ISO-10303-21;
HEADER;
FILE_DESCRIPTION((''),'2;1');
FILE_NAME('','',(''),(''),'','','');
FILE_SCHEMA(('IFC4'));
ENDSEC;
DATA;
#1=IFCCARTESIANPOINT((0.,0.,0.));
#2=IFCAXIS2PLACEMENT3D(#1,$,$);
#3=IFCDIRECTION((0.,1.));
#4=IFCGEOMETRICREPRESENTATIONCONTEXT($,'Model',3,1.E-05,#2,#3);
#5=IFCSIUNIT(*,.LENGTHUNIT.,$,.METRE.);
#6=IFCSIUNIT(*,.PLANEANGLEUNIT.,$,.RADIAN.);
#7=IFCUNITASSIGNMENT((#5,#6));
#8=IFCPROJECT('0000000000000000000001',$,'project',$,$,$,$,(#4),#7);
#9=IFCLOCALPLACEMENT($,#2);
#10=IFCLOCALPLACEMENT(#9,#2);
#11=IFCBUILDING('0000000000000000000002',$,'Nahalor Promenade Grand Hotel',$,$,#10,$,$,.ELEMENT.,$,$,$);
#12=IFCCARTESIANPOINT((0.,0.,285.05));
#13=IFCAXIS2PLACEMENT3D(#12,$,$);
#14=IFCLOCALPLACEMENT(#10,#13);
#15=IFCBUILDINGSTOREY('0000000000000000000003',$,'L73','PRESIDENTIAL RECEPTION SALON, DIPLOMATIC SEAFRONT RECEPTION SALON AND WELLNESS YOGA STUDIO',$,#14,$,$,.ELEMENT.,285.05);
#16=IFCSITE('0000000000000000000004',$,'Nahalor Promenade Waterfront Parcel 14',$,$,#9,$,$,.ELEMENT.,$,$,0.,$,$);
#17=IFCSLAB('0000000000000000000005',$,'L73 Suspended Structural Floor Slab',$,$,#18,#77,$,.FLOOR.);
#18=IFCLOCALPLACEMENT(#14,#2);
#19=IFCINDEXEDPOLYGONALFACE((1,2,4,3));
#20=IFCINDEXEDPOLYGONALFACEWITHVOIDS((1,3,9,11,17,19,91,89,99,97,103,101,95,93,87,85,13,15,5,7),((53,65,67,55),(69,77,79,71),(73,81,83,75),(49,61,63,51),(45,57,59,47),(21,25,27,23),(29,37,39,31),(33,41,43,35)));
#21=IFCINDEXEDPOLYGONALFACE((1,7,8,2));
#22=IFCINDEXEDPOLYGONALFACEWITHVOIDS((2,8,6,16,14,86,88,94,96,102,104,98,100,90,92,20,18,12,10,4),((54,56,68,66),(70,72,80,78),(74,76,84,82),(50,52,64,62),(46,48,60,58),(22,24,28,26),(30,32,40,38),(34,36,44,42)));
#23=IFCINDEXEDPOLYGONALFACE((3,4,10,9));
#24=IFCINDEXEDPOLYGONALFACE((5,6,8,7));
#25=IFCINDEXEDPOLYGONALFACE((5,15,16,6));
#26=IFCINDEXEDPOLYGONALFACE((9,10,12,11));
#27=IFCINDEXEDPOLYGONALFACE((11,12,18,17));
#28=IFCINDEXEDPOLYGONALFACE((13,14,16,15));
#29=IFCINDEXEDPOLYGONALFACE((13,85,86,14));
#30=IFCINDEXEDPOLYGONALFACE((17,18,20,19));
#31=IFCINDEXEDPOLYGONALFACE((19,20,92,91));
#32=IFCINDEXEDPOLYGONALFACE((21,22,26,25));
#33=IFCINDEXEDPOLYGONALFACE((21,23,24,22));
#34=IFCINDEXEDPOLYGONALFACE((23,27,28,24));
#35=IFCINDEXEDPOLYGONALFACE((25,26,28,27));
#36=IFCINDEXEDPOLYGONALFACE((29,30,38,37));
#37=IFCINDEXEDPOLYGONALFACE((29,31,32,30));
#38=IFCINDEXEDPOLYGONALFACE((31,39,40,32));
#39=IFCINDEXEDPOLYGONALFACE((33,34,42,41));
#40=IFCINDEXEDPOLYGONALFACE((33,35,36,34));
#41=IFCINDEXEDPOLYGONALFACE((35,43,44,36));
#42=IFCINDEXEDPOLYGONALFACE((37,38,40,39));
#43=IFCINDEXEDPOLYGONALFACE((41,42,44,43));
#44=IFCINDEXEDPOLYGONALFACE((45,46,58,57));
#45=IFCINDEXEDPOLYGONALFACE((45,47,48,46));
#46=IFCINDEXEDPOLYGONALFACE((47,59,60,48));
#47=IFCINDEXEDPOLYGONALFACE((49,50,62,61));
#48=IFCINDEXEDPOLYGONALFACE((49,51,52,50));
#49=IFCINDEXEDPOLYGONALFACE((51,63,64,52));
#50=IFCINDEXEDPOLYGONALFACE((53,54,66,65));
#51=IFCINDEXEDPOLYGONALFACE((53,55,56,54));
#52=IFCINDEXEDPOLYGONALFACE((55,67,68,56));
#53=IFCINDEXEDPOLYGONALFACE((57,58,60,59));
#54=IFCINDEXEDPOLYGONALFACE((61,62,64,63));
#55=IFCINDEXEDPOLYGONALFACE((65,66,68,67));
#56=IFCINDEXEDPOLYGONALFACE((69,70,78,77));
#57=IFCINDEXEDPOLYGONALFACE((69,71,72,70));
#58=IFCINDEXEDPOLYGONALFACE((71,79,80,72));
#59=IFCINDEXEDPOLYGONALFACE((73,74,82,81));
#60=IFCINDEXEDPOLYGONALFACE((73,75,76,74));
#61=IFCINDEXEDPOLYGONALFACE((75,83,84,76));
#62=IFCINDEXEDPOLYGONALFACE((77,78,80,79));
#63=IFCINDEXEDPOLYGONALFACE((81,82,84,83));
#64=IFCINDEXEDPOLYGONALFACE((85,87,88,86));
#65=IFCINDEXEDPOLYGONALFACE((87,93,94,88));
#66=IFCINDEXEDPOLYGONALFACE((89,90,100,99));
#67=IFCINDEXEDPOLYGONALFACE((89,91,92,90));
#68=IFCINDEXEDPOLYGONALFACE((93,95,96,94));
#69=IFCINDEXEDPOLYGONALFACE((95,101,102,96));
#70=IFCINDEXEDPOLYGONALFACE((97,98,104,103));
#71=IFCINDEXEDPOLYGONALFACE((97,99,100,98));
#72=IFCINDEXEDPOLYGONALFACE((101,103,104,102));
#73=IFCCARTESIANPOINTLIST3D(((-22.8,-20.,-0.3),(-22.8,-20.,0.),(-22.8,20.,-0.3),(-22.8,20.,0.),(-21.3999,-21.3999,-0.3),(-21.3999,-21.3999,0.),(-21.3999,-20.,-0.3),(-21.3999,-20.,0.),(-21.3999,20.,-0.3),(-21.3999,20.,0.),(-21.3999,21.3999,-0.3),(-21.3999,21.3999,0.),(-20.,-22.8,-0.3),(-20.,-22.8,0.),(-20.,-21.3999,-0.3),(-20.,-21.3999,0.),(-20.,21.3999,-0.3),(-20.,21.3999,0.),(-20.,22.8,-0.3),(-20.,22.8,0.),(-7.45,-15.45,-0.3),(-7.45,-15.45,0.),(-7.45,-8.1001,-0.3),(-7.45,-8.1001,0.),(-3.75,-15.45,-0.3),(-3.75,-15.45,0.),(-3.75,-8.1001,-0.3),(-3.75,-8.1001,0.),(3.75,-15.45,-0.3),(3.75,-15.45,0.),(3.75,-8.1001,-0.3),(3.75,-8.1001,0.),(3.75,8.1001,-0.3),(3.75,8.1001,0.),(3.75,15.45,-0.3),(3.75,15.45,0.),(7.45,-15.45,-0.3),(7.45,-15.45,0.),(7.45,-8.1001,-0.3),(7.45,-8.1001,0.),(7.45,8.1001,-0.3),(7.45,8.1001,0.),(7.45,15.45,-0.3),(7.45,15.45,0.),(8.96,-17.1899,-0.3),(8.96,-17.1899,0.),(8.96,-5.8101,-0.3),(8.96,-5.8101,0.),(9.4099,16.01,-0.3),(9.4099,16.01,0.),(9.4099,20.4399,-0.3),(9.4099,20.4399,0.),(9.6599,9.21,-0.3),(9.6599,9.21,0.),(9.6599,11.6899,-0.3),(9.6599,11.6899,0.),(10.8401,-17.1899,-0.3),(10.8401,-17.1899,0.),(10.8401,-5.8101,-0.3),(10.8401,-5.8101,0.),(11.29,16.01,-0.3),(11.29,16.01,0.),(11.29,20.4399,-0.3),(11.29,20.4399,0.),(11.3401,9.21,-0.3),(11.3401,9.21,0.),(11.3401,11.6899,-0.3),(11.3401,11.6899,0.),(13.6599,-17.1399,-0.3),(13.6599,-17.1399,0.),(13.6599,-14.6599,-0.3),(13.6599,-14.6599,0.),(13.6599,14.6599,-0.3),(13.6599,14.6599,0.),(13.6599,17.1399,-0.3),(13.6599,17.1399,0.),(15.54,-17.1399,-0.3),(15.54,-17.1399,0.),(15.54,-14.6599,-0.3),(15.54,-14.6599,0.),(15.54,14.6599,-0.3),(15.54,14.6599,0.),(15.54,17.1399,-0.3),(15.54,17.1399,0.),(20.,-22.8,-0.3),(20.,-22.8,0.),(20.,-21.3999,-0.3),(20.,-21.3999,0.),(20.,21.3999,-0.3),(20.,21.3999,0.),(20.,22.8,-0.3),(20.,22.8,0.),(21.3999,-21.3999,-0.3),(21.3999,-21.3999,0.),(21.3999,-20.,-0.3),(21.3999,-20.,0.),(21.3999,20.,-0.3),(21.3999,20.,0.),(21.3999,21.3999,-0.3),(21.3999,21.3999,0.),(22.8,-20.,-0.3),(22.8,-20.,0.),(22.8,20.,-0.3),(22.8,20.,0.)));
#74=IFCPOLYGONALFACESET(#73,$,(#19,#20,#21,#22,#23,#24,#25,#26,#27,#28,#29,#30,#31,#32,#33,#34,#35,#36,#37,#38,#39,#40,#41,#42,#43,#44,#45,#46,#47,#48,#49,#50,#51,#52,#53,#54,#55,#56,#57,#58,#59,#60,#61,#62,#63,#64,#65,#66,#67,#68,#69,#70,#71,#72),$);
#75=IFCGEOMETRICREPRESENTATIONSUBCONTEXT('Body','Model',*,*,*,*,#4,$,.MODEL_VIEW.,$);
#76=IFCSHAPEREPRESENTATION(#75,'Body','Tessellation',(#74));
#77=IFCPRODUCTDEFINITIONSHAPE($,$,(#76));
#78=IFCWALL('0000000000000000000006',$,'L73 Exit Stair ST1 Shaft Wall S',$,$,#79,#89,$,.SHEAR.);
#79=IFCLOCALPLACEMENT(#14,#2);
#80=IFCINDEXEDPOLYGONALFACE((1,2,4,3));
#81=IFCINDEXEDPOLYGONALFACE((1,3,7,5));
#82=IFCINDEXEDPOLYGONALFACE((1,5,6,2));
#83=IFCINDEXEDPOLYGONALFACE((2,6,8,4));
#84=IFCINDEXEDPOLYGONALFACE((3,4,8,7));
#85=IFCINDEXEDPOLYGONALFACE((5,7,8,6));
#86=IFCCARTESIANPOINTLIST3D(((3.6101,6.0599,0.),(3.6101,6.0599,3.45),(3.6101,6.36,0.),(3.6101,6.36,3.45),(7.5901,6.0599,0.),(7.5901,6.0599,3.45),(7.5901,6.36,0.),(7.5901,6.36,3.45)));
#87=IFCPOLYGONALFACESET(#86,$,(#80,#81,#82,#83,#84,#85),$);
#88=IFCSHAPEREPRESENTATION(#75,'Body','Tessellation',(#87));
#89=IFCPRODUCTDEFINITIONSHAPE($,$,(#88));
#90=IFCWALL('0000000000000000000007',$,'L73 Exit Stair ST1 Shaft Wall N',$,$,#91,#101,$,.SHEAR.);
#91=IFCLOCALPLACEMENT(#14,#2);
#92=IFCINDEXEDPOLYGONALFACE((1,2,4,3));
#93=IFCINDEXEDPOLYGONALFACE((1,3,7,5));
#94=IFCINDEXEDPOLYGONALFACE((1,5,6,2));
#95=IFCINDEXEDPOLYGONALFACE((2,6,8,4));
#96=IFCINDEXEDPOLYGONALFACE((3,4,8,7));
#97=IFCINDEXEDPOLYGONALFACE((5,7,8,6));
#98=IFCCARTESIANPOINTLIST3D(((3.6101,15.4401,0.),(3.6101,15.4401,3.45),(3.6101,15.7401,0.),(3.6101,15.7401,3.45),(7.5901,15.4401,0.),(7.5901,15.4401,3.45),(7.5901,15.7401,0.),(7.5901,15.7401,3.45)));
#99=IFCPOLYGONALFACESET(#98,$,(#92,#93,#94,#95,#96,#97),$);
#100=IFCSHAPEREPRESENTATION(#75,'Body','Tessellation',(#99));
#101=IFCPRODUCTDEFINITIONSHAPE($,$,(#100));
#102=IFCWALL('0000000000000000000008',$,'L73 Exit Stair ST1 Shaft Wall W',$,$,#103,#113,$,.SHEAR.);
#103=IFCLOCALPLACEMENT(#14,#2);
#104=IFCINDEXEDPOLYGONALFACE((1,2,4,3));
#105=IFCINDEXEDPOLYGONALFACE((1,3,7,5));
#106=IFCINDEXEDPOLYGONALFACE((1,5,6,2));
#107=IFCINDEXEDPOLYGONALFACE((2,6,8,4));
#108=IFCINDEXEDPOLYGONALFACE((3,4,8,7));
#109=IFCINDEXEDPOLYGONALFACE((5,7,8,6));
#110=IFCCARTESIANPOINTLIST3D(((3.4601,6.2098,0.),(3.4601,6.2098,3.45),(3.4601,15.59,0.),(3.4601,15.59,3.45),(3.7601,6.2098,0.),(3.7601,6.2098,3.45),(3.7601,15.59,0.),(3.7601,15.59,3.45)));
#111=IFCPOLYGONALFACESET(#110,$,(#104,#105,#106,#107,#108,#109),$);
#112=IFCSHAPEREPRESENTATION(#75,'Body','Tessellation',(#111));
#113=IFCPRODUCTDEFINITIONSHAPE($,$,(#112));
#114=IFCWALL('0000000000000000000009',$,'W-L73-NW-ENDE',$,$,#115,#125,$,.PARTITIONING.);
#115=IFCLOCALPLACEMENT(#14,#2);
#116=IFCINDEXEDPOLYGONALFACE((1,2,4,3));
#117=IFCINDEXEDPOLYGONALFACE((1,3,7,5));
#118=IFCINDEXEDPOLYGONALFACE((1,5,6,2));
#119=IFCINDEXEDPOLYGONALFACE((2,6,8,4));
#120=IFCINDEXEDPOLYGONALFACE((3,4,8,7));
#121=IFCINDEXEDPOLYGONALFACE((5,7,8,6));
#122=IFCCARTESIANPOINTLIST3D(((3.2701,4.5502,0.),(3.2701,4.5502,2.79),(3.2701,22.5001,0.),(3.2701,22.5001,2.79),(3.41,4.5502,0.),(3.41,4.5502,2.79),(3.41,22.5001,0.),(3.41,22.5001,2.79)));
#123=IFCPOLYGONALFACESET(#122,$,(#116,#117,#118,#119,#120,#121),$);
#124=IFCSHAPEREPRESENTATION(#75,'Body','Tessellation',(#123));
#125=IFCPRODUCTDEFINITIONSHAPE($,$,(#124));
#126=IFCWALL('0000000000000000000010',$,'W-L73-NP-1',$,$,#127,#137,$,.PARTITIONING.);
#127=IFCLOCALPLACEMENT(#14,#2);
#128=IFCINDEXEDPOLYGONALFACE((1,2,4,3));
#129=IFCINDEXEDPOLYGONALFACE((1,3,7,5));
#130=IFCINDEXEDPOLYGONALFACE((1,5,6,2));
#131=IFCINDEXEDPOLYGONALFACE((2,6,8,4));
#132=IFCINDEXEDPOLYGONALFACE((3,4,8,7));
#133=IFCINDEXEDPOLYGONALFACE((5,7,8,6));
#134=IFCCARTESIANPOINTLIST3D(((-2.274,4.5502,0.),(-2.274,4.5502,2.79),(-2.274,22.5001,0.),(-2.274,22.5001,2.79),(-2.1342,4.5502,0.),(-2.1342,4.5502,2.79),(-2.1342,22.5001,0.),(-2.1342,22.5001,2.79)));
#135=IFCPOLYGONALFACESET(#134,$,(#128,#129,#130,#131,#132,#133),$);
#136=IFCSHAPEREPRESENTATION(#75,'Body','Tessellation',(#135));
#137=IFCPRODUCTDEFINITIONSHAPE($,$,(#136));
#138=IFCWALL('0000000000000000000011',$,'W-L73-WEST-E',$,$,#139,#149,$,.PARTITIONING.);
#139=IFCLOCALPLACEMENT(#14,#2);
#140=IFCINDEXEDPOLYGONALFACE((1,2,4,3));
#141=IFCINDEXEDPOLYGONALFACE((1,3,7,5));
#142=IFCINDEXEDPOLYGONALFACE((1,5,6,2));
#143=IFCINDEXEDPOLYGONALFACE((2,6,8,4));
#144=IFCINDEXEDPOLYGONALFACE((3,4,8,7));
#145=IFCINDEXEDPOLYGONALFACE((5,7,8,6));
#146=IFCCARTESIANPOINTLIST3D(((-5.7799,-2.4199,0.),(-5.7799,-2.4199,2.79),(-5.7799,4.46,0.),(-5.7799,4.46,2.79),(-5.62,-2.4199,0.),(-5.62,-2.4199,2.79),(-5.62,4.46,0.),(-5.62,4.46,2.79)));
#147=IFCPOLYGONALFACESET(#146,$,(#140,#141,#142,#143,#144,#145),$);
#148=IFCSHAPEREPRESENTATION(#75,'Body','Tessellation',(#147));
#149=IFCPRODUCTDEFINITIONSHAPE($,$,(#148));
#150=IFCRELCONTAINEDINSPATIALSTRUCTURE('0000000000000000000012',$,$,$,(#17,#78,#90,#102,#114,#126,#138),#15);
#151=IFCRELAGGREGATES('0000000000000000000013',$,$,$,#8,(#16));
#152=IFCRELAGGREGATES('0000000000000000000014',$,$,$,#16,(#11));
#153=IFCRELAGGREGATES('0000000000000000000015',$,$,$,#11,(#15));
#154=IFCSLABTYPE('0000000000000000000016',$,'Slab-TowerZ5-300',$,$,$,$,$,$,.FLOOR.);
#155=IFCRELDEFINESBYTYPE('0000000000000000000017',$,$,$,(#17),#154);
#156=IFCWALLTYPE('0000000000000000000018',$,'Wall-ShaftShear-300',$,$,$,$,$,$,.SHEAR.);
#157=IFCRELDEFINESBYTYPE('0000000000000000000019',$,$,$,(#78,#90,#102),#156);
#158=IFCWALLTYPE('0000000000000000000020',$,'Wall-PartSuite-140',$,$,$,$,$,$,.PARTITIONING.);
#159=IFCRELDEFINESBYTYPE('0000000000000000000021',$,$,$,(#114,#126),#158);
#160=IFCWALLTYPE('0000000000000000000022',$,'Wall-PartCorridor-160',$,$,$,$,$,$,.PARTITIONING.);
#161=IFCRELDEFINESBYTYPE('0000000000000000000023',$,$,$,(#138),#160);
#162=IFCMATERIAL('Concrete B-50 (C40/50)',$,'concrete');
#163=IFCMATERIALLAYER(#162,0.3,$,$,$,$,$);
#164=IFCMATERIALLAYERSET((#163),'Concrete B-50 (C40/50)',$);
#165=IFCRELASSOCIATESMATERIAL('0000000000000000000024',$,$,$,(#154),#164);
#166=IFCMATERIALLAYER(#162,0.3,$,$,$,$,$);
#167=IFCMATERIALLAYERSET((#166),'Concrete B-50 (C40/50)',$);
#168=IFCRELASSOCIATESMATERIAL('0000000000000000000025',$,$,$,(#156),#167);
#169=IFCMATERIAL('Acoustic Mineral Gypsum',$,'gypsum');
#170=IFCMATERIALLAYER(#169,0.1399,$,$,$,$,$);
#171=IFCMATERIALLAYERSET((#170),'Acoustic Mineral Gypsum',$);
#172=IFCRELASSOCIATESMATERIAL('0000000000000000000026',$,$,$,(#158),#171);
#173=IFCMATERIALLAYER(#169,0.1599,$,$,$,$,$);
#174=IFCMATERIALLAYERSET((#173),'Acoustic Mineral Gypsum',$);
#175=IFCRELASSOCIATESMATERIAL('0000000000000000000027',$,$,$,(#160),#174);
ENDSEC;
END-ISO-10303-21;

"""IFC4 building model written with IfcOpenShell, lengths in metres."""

from ifc_helpers import new_model, si_unit, direction, frame, frame_2d, origin, place, context, subcontext, project, spatial, polyline, rectangle, outline, extrude, source, transform, mapped, material, layer, layer_set, type_object, element, save


model = new_model("IFC4")

# Units and contexts
model_context = context("Model", 3, precision=1e-05, world=origin(), true_north=direction((0.0, 1.0)))
body_context = subcontext(model_context, "Body", "Model", "MODEL_VIEW")
ifc_project = project(units=[si_unit("LENGTHUNIT", "METRE"), si_unit("PLANEANGLEUNIT", "RADIAN")], contexts=[model_context])

# Site, building, storey
site_placement = place(None, origin())
site = spatial("IfcSite", under=ifc_project, at=site_placement, Name="Nahalor Promenade Waterfront Parcel 14", CompositionType="ELEMENT", RefElevation=0.0)
building_placement = place(site_placement, origin())
building = spatial("IfcBuilding", under=site, at=building_placement, Name="Nahalor Promenade Grand Hotel", CompositionType="ELEMENT")
storey_placement = place(building_placement, frame((0.0, 0.0, 285.05)))
storey = spatial("IfcBuildingStorey", under=building, at=storey_placement, Name="L73", Description="PRESIDENTIAL RECEPTION SALON, DIPLOMATIC SEAFRONT RECEPTION SALON AND WELLNESS YOGA STUDIO", CompositionType="ELEMENT", Elevation=285.05)

# Shared definitions
ifc_material_1 = material(Name="Concrete B-50 (C40/50)", Category="concrete")

# Slab
ifc_layer_1 = layer(ifc_material_1, 0.3)
ifc_layer_set_1 = layer_set([ifc_layer_1], Name="Concrete B-50 (C40/50)")
slab_type_1 = type_object("IfcSlabType", Name="Slab-TowerZ5-300", PredefinedType="FLOOR", material=ifc_layer_set_1)
slab_1_placement = place(storey_placement, frame((0.0, 0.0, -0.3)))
element("IfcSlab", 1, at=slab_1_placement, inside=storey, type_object=slab_type_1, Name="L73 Suspended Structural Floor Slab", PredefinedType="FLOOR", context=body_context, shape_type="SweptSolid", body=[
    extrude(outline(polyline([(-20.0, -22.8), (20.0, -22.8), (20.0, -21.3999), (21.3999, -21.3999), (21.3999, -20.0), (22.8, -20.0), (22.8, 20.0), (21.3999, 20.0), (21.3999, 21.3999), (20.0, 21.3999), (20.0, 22.8), (-20.0, 22.8), (-20.0, 21.3999), (-21.3999, 21.3999), (-21.3999, 20.0), (-22.8, 20.0), (-22.8, -20.0), (-21.3999, -20.0), (-21.3999, -21.3999), (-20.0, -21.3999), (-20.0, -22.8)]), holes=[polyline([(3.75, 8.1001), (7.45, 8.1001), (7.45, 15.45), (3.75, 15.45), (3.75, 8.1001)]), polyline([(3.75, -15.45), (7.45, -15.45), (7.45, -8.1001), (3.75, -8.1001), (3.75, -15.45)]), polyline([(-7.45, -15.45), (-3.75, -15.45), (-3.75, -8.1001), (-7.45, -8.1001), (-7.45, -15.45)]), polyline([(8.96, -17.1899), (10.8401, -17.1899), (10.8401, -5.8101), (8.96, -5.8101), (8.96, -17.1899)]), polyline([(9.4099, 16.01), (11.29, 16.01), (11.29, 20.4399), (9.4099, 20.4399), (9.4099, 16.01)]), polyline([(9.6599, 9.21), (11.3401, 9.21), (11.3401, 11.6899), (9.6599, 11.6899), (9.6599, 9.21)]), polyline([(13.6599, 14.6599), (15.54, 14.6599), (15.54, 17.1399), (13.6599, 17.1399), (13.6599, 14.6599)]), polyline([(13.6599, -17.1399), (15.54, -17.1399), (15.54, -14.6599), (13.6599, -14.6599), (13.6599, -17.1399)])]), origin(), (0.0, 0.0, 1.0), 0.3),
])

# Walls
ifc_layer_2 = layer(ifc_material_1, 0.3)
ifc_layer_set_2 = layer_set([ifc_layer_2], Name="Concrete B-50 (C40/50)")
wall_type_1 = type_object("IfcWallType", Name="Wall-ShaftShear-300", PredefinedType="SHEAR", material=ifc_layer_set_2)
shared_shape_1 = source(origin(), body_context, "Body", "SweptSolid", [
    extrude(rectangle(XDim=3.98, YDim=0.3, at=frame_2d((1.99, 0.0))), origin(), (0.0, 0.0, 1.0), 3.45),
])
for number, where, z_axis, x_axis, name in (
    (2, (3.6101, 6.21, 0.0), (0.0, 0.0, 1.0), (1.0, 0.0, 0.0), "L73 Exit Stair ST1 Shaft Wall S"),
    (3, (3.6101, 15.5901, 0.0), (0.0, 0.0, 1.0), (1.0, 0.0, 0.0), "L73 Exit Stair ST1 Shaft Wall N"),
):
    element("IfcWall", number, at=place(storey_placement, frame(where, z_axis=z_axis, x_axis=x_axis)), inside=storey, type_object=wall_type_1, Name=name, PredefinedType="SHEAR", context=body_context, shape_type="MappedRepresentation", body=[
        mapped(shared_shape_1, transform((0.0, 0.0, 0.0), scale=1.0)),
    ])
shared_shape_2 = source(origin(), body_context, "Body", "SweptSolid", [
    extrude(rectangle(XDim=9.3801, YDim=0.3, at=frame_2d((4.6899, 0.0))), origin(), (0.0, 0.0, 1.0), 3.45),
])
wall_1_placement = place(storey_placement, frame((3.6101, 6.21, 0.0), z_axis=(0.0, 0.0, 1.0), x_axis=(0.0, 1.0, 0.0)))
element("IfcWall", 4, at=wall_1_placement, inside=storey, type_object=wall_type_1, Name="L73 Exit Stair ST1 Shaft Wall W", PredefinedType="SHEAR", context=body_context, shape_type="MappedRepresentation", body=[
    mapped(shared_shape_2, transform((0.0, 0.0, 0.0), scale=1.0)),
])
ifc_material_2 = material(Name="Acoustic Mineral Gypsum", Category="gypsum")
ifc_layer_3 = layer(ifc_material_2, 0.1399)
ifc_layer_set_3 = layer_set([ifc_layer_3], Name="Acoustic Mineral Gypsum")
wall_type_2 = type_object("IfcWallType", Name="Wall-PartSuite-140", PredefinedType="PARTITIONING", material=ifc_layer_set_3)
shared_shape_3 = source(origin(), body_context, "Body", "SweptSolid", [
    extrude(rectangle(XDim=17.95, YDim=0.1399, at=frame_2d((8.9751, 0.0))), origin(), (0.0, 0.0, 1.0), 2.79),
])
for number, where, z_axis, x_axis, name in (
    (5, (3.3401, 4.55, 0.0), (0.0, 0.0, 1.0), (0.0, 1.0, 0.0), "W-L73-NW-ENDE"),
    (6, (-2.2041, 4.55, 0.0), (0.0, 0.0, 1.0), (0.0, 1.0, 0.0), "W-L73-NP-1"),
):
    element("IfcWall", number, at=place(storey_placement, frame(where, z_axis=z_axis, x_axis=x_axis)), inside=storey, type_object=wall_type_2, Name=name, PredefinedType="PARTITIONING", context=body_context, shape_type="MappedRepresentation", body=[
        mapped(shared_shape_3, transform((0.0, 0.0, 0.0), scale=1.0)),
    ])
ifc_layer_4 = layer(ifc_material_2, 0.1599)
ifc_layer_set_4 = layer_set([ifc_layer_4], Name="Acoustic Mineral Gypsum")
wall_type_3 = type_object("IfcWallType", Name="Wall-PartCorridor-160", PredefinedType="PARTITIONING", material=ifc_layer_set_4)
shared_shape_4 = source(origin(), body_context, "Body", "SweptSolid", [
    extrude(rectangle(XDim=6.8799, YDim=0.1599, at=frame_2d((3.4399, 0.0))), origin(), (0.0, 0.0, 1.0), 2.79),
])
wall_2_placement = place(storey_placement, frame((-5.7, -2.4199, 0.0), z_axis=(0.0, 0.0, 1.0), x_axis=(0.0, 1.0, 0.0)))
element("IfcWall", 7, at=wall_2_placement, inside=storey, type_object=wall_type_3, Name="W-L73-WEST-E", PredefinedType="PARTITIONING", context=body_context, shape_type="MappedRepresentation", body=[
    mapped(shared_shape_4, transform((0.0, 0.0, 0.0), scale=1.0)),
])

save(model, "model.ifc")
